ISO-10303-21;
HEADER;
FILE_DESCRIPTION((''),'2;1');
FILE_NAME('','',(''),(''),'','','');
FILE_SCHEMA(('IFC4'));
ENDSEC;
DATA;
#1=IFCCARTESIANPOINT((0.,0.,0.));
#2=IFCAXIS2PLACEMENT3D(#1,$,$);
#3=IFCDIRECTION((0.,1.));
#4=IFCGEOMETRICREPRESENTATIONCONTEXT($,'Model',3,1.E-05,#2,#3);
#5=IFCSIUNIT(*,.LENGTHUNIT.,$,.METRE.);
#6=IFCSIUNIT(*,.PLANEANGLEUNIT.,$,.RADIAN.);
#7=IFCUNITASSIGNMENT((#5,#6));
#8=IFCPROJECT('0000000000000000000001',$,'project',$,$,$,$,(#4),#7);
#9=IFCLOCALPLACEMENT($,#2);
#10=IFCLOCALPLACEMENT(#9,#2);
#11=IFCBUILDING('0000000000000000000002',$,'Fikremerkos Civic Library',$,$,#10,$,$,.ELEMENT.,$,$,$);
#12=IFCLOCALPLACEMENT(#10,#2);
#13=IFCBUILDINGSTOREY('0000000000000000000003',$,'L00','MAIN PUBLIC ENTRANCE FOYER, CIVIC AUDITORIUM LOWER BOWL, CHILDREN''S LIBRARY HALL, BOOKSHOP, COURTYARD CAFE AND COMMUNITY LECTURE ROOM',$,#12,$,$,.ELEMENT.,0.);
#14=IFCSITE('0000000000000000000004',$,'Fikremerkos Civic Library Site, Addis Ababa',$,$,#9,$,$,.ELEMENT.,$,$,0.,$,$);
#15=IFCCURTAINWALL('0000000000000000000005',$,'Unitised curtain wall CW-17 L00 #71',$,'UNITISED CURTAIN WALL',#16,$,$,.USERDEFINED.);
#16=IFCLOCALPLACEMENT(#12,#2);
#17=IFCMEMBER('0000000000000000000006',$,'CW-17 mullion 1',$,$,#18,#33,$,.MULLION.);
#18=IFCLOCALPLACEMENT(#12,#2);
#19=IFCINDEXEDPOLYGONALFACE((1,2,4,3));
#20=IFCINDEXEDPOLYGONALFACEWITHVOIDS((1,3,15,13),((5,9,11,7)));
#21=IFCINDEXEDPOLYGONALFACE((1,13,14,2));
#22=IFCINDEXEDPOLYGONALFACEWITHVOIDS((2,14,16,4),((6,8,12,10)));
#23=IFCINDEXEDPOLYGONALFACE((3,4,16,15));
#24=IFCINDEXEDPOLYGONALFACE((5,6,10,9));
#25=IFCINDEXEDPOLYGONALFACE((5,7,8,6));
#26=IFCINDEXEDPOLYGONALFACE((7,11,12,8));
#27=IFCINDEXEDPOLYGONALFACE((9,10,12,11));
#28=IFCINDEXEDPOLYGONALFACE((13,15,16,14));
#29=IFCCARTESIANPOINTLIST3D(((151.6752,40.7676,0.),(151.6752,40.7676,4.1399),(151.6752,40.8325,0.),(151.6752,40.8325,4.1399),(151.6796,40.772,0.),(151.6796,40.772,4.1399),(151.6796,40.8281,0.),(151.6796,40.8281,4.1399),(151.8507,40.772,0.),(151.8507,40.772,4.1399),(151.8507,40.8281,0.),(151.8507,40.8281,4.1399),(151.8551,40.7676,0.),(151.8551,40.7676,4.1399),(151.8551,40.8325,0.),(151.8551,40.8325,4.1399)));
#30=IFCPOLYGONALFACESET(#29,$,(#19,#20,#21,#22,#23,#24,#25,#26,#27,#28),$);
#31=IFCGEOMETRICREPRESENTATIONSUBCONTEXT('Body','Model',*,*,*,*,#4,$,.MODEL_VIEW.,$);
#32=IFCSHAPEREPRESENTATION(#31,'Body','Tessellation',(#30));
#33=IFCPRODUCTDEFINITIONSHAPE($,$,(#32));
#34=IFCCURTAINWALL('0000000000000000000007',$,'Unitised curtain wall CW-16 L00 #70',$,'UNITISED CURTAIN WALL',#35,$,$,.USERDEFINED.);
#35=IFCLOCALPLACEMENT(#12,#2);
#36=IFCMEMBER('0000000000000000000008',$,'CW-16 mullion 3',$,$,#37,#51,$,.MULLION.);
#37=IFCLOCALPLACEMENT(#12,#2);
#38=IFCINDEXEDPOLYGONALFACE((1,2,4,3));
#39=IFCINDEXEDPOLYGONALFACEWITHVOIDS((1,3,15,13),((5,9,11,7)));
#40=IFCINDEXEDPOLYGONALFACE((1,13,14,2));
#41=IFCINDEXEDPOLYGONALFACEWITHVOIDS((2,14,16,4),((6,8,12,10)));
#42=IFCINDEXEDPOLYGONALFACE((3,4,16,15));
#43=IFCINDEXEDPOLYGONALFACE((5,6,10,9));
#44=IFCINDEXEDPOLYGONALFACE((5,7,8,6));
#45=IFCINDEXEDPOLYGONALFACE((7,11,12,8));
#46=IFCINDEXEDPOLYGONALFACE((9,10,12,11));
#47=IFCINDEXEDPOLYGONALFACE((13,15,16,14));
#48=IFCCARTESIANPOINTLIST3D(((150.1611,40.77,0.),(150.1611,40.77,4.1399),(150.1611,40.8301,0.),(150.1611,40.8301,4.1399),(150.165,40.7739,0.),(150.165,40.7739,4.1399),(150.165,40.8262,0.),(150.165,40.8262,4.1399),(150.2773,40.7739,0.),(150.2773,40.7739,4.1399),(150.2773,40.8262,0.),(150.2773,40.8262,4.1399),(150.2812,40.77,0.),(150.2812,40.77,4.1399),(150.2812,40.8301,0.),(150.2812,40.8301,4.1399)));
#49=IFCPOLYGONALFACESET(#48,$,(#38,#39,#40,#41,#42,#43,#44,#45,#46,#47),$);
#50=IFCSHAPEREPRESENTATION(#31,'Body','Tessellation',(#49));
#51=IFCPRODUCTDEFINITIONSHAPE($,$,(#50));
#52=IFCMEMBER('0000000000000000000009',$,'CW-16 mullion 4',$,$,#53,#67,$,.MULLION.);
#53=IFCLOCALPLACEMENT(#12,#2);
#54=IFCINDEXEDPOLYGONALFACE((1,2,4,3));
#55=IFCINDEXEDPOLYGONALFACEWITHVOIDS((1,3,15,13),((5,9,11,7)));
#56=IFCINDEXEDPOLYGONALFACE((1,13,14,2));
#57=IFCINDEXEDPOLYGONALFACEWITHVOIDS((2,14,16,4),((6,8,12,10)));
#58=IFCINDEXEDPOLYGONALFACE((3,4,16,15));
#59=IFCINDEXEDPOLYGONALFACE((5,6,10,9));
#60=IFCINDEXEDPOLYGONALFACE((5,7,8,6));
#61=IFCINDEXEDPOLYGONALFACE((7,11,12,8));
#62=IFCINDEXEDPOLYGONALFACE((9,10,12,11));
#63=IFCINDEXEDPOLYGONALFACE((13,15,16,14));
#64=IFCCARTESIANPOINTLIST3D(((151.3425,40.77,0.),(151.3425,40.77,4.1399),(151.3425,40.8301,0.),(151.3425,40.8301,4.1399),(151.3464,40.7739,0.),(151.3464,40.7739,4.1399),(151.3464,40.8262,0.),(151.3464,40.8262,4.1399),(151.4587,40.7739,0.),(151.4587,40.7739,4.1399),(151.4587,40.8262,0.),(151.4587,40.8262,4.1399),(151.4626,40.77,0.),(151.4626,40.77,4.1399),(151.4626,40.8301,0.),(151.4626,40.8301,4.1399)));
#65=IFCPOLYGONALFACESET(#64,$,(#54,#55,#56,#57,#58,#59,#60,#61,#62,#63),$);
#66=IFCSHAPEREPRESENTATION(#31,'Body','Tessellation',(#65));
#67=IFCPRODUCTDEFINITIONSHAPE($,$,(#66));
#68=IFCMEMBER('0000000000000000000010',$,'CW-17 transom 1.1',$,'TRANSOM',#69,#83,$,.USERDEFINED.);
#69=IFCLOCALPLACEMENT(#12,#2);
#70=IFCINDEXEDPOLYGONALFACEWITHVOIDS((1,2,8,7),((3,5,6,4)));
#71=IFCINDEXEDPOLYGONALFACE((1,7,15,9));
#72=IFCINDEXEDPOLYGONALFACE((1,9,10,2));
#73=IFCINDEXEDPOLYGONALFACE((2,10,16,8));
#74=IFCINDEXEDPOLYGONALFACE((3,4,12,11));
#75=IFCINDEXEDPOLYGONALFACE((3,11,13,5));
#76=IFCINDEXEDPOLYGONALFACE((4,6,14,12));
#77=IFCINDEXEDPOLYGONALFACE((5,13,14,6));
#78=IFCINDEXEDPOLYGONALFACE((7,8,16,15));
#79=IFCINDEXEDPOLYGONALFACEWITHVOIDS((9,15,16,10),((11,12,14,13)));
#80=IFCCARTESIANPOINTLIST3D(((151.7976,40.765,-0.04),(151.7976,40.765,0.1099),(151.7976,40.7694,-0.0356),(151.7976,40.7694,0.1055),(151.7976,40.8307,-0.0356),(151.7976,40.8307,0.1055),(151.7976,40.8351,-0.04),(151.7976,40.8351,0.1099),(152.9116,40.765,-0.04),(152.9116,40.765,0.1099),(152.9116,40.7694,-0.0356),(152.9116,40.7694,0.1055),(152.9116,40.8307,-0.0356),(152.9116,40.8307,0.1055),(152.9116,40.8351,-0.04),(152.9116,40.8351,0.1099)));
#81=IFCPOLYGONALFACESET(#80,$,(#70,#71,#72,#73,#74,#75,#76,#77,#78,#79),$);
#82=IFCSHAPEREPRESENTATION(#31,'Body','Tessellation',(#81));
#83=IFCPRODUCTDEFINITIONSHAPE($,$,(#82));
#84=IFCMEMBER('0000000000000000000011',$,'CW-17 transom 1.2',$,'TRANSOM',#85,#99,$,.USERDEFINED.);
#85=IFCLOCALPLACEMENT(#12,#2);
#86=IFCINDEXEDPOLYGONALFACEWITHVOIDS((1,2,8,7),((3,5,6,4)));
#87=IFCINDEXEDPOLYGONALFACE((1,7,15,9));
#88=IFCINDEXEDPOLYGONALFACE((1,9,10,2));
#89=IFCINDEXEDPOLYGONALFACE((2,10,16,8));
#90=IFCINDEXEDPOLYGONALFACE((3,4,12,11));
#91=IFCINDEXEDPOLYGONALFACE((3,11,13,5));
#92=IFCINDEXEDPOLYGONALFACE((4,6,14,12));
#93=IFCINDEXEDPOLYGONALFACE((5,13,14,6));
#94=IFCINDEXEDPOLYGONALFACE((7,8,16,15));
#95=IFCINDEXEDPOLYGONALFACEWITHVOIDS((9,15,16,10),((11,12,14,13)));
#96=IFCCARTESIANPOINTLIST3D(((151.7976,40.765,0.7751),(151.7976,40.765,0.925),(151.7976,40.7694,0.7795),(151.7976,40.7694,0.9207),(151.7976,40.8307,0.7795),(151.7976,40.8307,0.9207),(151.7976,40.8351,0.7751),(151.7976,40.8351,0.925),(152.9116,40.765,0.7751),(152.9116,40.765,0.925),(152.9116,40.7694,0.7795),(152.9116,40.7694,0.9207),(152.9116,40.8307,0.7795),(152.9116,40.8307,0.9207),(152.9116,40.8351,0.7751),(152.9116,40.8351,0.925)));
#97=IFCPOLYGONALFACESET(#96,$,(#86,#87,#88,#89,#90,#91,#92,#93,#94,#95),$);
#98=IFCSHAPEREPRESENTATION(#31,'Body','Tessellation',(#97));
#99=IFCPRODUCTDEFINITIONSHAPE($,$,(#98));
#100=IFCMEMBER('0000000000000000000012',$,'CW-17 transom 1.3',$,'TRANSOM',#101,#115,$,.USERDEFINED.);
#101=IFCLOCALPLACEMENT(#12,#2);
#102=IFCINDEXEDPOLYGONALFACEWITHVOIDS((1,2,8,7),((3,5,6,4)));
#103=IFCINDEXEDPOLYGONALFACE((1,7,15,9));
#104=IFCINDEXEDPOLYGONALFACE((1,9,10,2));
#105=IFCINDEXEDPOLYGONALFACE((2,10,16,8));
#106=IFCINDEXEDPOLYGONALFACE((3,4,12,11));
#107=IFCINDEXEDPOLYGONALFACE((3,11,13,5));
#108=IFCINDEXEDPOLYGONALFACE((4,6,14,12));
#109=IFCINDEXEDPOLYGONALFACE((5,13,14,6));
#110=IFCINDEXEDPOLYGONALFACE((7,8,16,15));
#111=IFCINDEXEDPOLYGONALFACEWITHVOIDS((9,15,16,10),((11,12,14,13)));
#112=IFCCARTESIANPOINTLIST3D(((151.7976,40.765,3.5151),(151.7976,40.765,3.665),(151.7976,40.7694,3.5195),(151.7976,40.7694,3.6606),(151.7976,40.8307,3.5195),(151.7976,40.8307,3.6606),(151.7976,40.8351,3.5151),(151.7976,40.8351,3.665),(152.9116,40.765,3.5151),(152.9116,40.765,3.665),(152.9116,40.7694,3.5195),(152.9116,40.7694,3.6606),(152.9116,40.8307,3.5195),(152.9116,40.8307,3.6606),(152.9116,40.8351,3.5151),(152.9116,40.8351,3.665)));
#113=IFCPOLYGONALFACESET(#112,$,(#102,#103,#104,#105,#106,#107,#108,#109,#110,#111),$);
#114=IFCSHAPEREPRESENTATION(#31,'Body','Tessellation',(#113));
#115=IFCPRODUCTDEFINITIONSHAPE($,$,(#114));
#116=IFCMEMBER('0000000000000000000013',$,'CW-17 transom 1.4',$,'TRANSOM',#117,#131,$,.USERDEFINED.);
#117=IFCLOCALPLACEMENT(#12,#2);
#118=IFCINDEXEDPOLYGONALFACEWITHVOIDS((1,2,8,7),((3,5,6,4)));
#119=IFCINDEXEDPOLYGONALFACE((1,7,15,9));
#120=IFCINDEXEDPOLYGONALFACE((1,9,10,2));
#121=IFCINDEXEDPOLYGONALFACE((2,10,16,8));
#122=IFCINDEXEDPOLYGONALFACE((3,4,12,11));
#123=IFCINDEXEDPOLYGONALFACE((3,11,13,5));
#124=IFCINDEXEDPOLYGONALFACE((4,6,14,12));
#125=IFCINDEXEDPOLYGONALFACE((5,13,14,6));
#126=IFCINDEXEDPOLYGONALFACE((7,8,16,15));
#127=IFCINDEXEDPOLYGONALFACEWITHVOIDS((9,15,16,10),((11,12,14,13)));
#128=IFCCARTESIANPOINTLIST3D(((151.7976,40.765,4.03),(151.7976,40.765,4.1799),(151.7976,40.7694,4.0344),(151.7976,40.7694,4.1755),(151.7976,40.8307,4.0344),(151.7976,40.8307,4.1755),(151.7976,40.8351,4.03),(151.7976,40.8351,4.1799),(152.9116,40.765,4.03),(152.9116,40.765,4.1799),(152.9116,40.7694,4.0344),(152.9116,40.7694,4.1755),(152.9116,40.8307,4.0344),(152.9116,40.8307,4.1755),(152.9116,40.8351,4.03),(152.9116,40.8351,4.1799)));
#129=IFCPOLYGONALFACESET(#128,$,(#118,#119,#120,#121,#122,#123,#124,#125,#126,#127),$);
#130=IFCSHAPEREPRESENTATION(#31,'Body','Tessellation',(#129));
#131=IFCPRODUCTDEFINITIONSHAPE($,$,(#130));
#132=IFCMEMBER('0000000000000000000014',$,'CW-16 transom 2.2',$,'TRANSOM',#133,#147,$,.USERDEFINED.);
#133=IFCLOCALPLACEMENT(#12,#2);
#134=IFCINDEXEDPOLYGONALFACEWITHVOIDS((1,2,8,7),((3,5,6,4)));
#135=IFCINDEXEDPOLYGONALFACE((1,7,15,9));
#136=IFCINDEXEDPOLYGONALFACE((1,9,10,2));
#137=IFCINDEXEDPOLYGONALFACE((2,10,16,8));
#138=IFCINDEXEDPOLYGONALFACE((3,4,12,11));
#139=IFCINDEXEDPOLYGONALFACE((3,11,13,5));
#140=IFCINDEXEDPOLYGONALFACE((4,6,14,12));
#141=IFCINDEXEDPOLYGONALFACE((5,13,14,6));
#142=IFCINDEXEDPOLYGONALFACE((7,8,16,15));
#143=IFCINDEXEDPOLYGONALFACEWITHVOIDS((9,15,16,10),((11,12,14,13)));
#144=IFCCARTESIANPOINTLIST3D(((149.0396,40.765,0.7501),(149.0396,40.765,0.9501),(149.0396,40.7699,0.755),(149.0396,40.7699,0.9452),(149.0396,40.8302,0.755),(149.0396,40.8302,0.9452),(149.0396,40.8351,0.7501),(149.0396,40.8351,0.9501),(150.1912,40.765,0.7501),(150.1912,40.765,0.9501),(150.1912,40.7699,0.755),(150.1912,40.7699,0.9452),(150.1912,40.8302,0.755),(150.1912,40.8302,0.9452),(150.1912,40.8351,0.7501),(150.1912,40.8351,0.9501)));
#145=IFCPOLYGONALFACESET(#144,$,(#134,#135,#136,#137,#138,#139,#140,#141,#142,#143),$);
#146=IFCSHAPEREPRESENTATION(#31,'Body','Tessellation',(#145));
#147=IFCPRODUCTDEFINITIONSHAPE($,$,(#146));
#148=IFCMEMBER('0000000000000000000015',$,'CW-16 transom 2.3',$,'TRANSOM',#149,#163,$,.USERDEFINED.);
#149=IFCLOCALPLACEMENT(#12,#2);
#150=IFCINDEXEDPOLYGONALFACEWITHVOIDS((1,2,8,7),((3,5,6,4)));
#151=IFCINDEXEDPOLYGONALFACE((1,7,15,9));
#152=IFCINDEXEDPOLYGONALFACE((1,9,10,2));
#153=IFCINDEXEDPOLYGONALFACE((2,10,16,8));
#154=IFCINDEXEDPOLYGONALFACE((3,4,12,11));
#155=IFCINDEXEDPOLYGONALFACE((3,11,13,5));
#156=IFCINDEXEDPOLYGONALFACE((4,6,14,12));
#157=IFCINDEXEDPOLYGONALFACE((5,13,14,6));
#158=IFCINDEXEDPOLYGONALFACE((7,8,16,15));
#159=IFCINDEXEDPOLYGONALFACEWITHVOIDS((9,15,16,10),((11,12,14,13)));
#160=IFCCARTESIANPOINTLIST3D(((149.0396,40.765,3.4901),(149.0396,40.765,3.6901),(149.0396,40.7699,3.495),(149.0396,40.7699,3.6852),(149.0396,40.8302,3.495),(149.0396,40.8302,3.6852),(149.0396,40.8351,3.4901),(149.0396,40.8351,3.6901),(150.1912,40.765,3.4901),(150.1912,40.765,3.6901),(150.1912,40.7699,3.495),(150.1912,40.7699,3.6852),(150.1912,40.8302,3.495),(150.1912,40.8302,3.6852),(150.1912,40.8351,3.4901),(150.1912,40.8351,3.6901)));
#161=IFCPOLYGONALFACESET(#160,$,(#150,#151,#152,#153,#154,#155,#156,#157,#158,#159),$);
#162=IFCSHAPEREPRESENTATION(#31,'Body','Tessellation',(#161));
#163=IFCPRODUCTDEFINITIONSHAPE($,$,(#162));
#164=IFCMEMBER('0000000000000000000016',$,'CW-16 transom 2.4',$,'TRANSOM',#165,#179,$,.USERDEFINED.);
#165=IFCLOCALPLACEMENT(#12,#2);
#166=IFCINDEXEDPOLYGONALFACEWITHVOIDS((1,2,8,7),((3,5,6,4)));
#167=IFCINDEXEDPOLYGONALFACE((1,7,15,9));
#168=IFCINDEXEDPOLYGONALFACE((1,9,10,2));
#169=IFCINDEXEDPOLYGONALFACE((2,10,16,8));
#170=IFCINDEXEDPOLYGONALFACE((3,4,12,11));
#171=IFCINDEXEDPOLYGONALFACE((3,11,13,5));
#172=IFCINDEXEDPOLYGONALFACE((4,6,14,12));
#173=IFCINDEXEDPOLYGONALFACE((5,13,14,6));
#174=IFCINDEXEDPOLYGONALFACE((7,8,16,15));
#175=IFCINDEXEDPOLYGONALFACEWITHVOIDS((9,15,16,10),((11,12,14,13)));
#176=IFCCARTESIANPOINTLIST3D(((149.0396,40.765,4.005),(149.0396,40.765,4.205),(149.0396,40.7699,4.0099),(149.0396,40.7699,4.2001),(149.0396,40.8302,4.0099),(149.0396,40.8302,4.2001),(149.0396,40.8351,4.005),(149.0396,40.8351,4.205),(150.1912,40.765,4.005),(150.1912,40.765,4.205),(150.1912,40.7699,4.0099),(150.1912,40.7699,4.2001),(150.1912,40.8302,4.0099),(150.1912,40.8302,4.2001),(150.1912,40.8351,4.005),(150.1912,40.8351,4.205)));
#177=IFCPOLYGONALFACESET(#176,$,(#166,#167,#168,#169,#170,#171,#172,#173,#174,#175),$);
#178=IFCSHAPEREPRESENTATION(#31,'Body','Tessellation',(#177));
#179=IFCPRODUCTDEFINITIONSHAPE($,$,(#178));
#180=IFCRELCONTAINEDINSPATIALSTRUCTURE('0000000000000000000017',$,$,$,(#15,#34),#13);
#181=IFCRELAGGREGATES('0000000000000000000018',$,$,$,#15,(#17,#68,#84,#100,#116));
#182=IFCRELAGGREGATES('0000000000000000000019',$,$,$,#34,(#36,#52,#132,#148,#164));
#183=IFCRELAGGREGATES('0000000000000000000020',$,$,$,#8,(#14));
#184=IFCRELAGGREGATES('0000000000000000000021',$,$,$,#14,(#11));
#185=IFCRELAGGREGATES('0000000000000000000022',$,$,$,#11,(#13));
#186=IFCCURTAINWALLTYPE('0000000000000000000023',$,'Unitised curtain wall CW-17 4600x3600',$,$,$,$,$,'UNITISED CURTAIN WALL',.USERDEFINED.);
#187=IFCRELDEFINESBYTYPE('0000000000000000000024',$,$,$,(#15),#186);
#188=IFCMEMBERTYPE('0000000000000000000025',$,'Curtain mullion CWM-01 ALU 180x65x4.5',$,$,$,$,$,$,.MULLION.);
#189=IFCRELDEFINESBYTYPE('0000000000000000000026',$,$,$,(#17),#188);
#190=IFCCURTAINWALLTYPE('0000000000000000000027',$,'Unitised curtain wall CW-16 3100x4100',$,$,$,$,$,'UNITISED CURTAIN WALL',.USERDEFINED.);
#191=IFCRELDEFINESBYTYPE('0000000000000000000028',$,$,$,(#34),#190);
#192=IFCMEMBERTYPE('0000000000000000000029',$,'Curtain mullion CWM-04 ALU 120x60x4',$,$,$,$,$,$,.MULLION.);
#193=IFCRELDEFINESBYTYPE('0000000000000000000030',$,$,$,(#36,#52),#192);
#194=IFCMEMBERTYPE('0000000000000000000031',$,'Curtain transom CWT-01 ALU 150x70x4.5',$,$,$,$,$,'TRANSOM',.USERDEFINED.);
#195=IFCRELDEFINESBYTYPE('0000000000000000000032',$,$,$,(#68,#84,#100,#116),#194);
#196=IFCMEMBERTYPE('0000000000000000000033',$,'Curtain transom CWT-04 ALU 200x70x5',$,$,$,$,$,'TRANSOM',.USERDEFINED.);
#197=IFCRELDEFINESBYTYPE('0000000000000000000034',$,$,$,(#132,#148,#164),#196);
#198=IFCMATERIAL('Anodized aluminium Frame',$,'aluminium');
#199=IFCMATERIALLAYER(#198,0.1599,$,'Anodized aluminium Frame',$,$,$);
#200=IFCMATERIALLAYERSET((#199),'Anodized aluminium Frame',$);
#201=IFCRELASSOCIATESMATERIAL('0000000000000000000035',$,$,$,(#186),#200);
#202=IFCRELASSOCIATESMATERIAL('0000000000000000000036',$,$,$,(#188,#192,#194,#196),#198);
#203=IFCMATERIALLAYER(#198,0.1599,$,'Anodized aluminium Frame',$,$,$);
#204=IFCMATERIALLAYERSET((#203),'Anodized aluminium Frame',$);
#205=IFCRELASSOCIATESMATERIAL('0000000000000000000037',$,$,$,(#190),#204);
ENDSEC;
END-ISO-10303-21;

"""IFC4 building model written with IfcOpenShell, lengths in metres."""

from ifc_helpers import new_model, si_unit, direction, frame, origin, origin_2d, place, context, subcontext, project, spatial, hollow_rectangle, extrude, material, layer, layer_set, material_profile, profile_set, type_object, element, aggregate, save


model = new_model("IFC4")

# Units and contexts
model_context = context("Model", 3, precision=1e-05, world=origin(), true_north=direction((0.0, 1.0)))
body_context = subcontext(model_context, "Body", "Model", "MODEL_VIEW")
ifc_project = project(units=[si_unit("LENGTHUNIT", "METRE"), si_unit("PLANEANGLEUNIT", "RADIAN")], contexts=[model_context])

# Site, building, storey
site_placement = place(None, origin())
site = spatial("IfcSite", under=ifc_project, at=site_placement, Name="Fikremerkos Civic Library Site, Addis Ababa", CompositionType="ELEMENT", RefElevation=0.0)
building_placement = place(site_placement, origin())
building = spatial("IfcBuilding", under=site, at=building_placement, Name="Fikremerkos Civic Library", CompositionType="ELEMENT")
storey_placement = place(building_placement, origin())
storey = spatial("IfcBuildingStorey", under=building, at=storey_placement, Name="L00", Description="MAIN PUBLIC ENTRANCE FOYER, CIVIC AUDITORIUM LOWER BOWL, CHILDREN'S LIBRARY HALL, BOOKSHOP, COURTYARD CAFE AND COMMUNITY LECTURE ROOM", CompositionType="ELEMENT", Elevation=0.0)

# Curtain wall, member
ifc_material_1 = material(Name="Anodized aluminium Frame", Category="aluminium")
ifc_layer_1 = layer(ifc_material_1, 0.1599, Name="Anodized aluminium Frame")
ifc_layer_set_1 = layer_set([ifc_layer_1], Name="Anodized aluminium Frame")
curtain_wall_type_1 = type_object("IfcCurtainWallType", Name="Unitised curtain wall CW-17 4600x3600", ElementType="UNITISED CURTAIN WALL", PredefinedType="USERDEFINED", material=ifc_layer_set_1)
curtain_wall_1_placement = place(storey_placement, origin())
curtain_wall_1 = element("IfcCurtainWall", 1, at=curtain_wall_1_placement, inside=storey, type_object=curtain_wall_type_1, Name="Unitised curtain wall CW-17 L00 #71", ObjectType="UNITISED CURTAIN WALL", PredefinedType="USERDEFINED")
ifc_material_profile_1 = material_profile(ifc_material_1, hollow_rectangle(XDim=0.0649, YDim=0.1799, WallThickness=0.0044, at=origin_2d()), Name="ALU 180x65x4.5")
ifc_profile_set_1 = profile_set([ifc_material_profile_1], Name="Anodized aluminium Frame")
member_type_1 = type_object("IfcMemberType", Name="Curtain mullion CWM-01 ALU 180x65x4.5", PredefinedType="MULLION", material=ifc_profile_set_1)
member_1_placement = place(storey_placement, frame((151.7651, 40.8, 0.0), z_axis=(0.0, 0.0, 1.0), x_axis=(0.0, 1.0, 0.0)))
member_1 = element("IfcMember", 2, at=member_1_placement, type_object=member_type_1, Name="CW-17 mullion 1", PredefinedType="MULLION", context=body_context, shape_type="SweptSolid", body=[
    extrude(hollow_rectangle(XDim=0.0649, YDim=0.1799, WallThickness=0.0044, at=origin_2d()), origin(), (0.0, 0.0, 1.0), 4.1399),
])

# Curtain wall, members
ifc_layer_2 = layer(ifc_material_1, 0.1599, Name="Anodized aluminium Frame")
ifc_layer_set_2 = layer_set([ifc_layer_2], Name="Anodized aluminium Frame")
curtain_wall_type_2 = type_object("IfcCurtainWallType", Name="Unitised curtain wall CW-16 3100x4100", ElementType="UNITISED CURTAIN WALL", PredefinedType="USERDEFINED", material=ifc_layer_set_2)
curtain_wall_2_placement = place(storey_placement, origin())
curtain_wall_2 = element("IfcCurtainWall", 3, at=curtain_wall_2_placement, inside=storey, type_object=curtain_wall_type_2, Name="Unitised curtain wall CW-16 L00 #70", ObjectType="UNITISED CURTAIN WALL", PredefinedType="USERDEFINED")
ifc_material_profile_2 = material_profile(ifc_material_1, hollow_rectangle(XDim=0.0601, YDim=0.1201, WallThickness=0.0039, at=origin_2d()), Name="ALU 120x60x4")
ifc_profile_set_2 = profile_set([ifc_material_profile_2], Name="Anodized aluminium Frame")
member_type_2 = type_object("IfcMemberType", Name="Curtain mullion CWM-04 ALU 120x60x4", PredefinedType="MULLION", material=ifc_profile_set_2)
member_2_placement = place(storey_placement, frame((150.2212, 40.8, 0.0), z_axis=(0.0, 0.0, 1.0), x_axis=(0.0, 1.0, 0.0)))
member_2 = element("IfcMember", 4, at=member_2_placement, type_object=member_type_2, Name="CW-16 mullion 3", PredefinedType="MULLION", context=body_context, shape_type="SweptSolid", body=[
    extrude(hollow_rectangle(XDim=0.0601, YDim=0.1201, WallThickness=0.0039, at=origin_2d()), origin(), (0.0, 0.0, 1.0), 4.1399),
])
member_3_placement = place(storey_placement, frame((151.4026, 40.8, 0.0), z_axis=(0.0, 0.0, 1.0), x_axis=(0.0, 1.0, 0.0)))
member_3 = element("IfcMember", 5, at=member_3_placement, type_object=member_type_2, Name="CW-16 mullion 4", PredefinedType="MULLION", context=body_context, shape_type="SweptSolid", body=[
    extrude(hollow_rectangle(XDim=0.0601, YDim=0.1201, WallThickness=0.0039, at=origin_2d()), origin(), (0.0, 0.0, 1.0), 4.1399),
])

# Members
ifc_material_profile_3 = material_profile(ifc_material_1, hollow_rectangle(XDim=0.0701, YDim=0.1499, WallThickness=0.0044, at=origin_2d()), Name="ALU 150x70x4.5")
ifc_profile_set_3 = profile_set([ifc_material_profile_3], Name="Anodized aluminium Frame")
member_type_3 = type_object("IfcMemberType", Name="Curtain transom CWT-01 ALU 150x70x4.5", ElementType="TRANSOM", PredefinedType="USERDEFINED", material=ifc_profile_set_3)
member_4_placement = place(storey_placement, frame((151.7976, 40.8, 0.0349), z_axis=(1.0, 0.0, 0.0), x_axis=(0.0, 1.0, 0.0)))
member_4 = element("IfcMember", 6, at=member_4_placement, type_object=member_type_3, Name="CW-17 transom 1.1", ObjectType="TRANSOM", PredefinedType="USERDEFINED", context=body_context, shape_type="SweptSolid", body=[
    extrude(hollow_rectangle(XDim=0.0701, YDim=0.1499, WallThickness=0.0044, at=origin_2d()), origin(), (0.0, 0.0, 1.0), 1.114),
])
member_5_placement = place(storey_placement, frame((151.7976, 40.8, 0.8501), z_axis=(1.0, 0.0, 0.0), x_axis=(0.0, 1.0, 0.0)))
member_5 = element("IfcMember", 7, at=member_5_placement, type_object=member_type_3, Name="CW-17 transom 1.2", ObjectType="TRANSOM", PredefinedType="USERDEFINED", context=body_context, shape_type="SweptSolid", body=[
    extrude(hollow_rectangle(XDim=0.0701, YDim=0.1499, WallThickness=0.0044, at=origin_2d()), origin(), (0.0, 0.0, 1.0), 1.114),
])
member_6_placement = place(storey_placement, frame((151.7976, 40.8, 3.5901), z_axis=(1.0, 0.0, 0.0), x_axis=(0.0, 1.0, 0.0)))
member_6 = element("IfcMember", 8, at=member_6_placement, type_object=member_type_3, Name="CW-17 transom 1.3", ObjectType="TRANSOM", PredefinedType="USERDEFINED", context=body_context, shape_type="SweptSolid", body=[
    extrude(hollow_rectangle(XDim=0.0701, YDim=0.1499, WallThickness=0.0044, at=origin_2d()), origin(), (0.0, 0.0, 1.0), 1.114),
])
member_7_placement = place(storey_placement, frame((151.7976, 40.8, 4.105), z_axis=(1.0, 0.0, 0.0), x_axis=(0.0, 1.0, 0.0)))
member_7 = element("IfcMember", 9, at=member_7_placement, type_object=member_type_3, Name="CW-17 transom 1.4", ObjectType="TRANSOM", PredefinedType="USERDEFINED", context=body_context, shape_type="SweptSolid", body=[
    extrude(hollow_rectangle(XDim=0.0701, YDim=0.1499, WallThickness=0.0044, at=origin_2d()), origin(), (0.0, 0.0, 1.0), 1.114),
])
ifc_material_profile_4 = material_profile(ifc_material_1, hollow_rectangle(XDim=0.0701, YDim=0.2, WallThickness=0.0049, at=origin_2d()), Name="ALU 200x70x5")
ifc_profile_set_4 = profile_set([ifc_material_profile_4], Name="Anodized aluminium Frame")
member_type_4 = type_object("IfcMemberType", Name="Curtain transom CWT-04 ALU 200x70x5", ElementType="TRANSOM", PredefinedType="USERDEFINED", material=ifc_profile_set_4)
member_8_placement = place(storey_placement, frame((149.0396, 40.8, 0.8501), z_axis=(1.0, 0.0, 0.0), x_axis=(0.0, 1.0, 0.0)))
member_8 = element("IfcMember", 10, at=member_8_placement, type_object=member_type_4, Name="CW-16 transom 2.2", ObjectType="TRANSOM", PredefinedType="USERDEFINED", context=body_context, shape_type="SweptSolid", body=[
    extrude(hollow_rectangle(XDim=0.0701, YDim=0.2, WallThickness=0.0049, at=origin_2d()), origin(), (0.0, 0.0, 1.0), 1.1516),
])
member_9_placement = place(storey_placement, frame((149.0396, 40.8, 3.5901), z_axis=(1.0, 0.0, 0.0), x_axis=(0.0, 1.0, 0.0)))
member_9 = element("IfcMember", 11, at=member_9_placement, type_object=member_type_4, Name="CW-16 transom 2.3", ObjectType="TRANSOM", PredefinedType="USERDEFINED", context=body_context, shape_type="SweptSolid", body=[
    extrude(hollow_rectangle(XDim=0.0701, YDim=0.2, WallThickness=0.0049, at=origin_2d()), origin(), (0.0, 0.0, 1.0), 1.1516),
])
member_10_placement = place(storey_placement, frame((149.0396, 40.8, 4.105), z_axis=(1.0, 0.0, 0.0), x_axis=(0.0, 1.0, 0.0)))
member_10 = element("IfcMember", 12, at=member_10_placement, type_object=member_type_4, Name="CW-16 transom 2.4", ObjectType="TRANSOM", PredefinedType="USERDEFINED", context=body_context, shape_type="SweptSolid", body=[
    extrude(hollow_rectangle(XDim=0.0701, YDim=0.2, WallThickness=0.0049, at=origin_2d()), origin(), (0.0, 0.0, 1.0), 1.1516),
])

aggregate(curtain_wall_1, [member_1, member_4, member_5, member_6, member_7])
aggregate(curtain_wall_2, [member_2, member_3, member_8, member_9, member_10])

save(model, "model.ifc")
